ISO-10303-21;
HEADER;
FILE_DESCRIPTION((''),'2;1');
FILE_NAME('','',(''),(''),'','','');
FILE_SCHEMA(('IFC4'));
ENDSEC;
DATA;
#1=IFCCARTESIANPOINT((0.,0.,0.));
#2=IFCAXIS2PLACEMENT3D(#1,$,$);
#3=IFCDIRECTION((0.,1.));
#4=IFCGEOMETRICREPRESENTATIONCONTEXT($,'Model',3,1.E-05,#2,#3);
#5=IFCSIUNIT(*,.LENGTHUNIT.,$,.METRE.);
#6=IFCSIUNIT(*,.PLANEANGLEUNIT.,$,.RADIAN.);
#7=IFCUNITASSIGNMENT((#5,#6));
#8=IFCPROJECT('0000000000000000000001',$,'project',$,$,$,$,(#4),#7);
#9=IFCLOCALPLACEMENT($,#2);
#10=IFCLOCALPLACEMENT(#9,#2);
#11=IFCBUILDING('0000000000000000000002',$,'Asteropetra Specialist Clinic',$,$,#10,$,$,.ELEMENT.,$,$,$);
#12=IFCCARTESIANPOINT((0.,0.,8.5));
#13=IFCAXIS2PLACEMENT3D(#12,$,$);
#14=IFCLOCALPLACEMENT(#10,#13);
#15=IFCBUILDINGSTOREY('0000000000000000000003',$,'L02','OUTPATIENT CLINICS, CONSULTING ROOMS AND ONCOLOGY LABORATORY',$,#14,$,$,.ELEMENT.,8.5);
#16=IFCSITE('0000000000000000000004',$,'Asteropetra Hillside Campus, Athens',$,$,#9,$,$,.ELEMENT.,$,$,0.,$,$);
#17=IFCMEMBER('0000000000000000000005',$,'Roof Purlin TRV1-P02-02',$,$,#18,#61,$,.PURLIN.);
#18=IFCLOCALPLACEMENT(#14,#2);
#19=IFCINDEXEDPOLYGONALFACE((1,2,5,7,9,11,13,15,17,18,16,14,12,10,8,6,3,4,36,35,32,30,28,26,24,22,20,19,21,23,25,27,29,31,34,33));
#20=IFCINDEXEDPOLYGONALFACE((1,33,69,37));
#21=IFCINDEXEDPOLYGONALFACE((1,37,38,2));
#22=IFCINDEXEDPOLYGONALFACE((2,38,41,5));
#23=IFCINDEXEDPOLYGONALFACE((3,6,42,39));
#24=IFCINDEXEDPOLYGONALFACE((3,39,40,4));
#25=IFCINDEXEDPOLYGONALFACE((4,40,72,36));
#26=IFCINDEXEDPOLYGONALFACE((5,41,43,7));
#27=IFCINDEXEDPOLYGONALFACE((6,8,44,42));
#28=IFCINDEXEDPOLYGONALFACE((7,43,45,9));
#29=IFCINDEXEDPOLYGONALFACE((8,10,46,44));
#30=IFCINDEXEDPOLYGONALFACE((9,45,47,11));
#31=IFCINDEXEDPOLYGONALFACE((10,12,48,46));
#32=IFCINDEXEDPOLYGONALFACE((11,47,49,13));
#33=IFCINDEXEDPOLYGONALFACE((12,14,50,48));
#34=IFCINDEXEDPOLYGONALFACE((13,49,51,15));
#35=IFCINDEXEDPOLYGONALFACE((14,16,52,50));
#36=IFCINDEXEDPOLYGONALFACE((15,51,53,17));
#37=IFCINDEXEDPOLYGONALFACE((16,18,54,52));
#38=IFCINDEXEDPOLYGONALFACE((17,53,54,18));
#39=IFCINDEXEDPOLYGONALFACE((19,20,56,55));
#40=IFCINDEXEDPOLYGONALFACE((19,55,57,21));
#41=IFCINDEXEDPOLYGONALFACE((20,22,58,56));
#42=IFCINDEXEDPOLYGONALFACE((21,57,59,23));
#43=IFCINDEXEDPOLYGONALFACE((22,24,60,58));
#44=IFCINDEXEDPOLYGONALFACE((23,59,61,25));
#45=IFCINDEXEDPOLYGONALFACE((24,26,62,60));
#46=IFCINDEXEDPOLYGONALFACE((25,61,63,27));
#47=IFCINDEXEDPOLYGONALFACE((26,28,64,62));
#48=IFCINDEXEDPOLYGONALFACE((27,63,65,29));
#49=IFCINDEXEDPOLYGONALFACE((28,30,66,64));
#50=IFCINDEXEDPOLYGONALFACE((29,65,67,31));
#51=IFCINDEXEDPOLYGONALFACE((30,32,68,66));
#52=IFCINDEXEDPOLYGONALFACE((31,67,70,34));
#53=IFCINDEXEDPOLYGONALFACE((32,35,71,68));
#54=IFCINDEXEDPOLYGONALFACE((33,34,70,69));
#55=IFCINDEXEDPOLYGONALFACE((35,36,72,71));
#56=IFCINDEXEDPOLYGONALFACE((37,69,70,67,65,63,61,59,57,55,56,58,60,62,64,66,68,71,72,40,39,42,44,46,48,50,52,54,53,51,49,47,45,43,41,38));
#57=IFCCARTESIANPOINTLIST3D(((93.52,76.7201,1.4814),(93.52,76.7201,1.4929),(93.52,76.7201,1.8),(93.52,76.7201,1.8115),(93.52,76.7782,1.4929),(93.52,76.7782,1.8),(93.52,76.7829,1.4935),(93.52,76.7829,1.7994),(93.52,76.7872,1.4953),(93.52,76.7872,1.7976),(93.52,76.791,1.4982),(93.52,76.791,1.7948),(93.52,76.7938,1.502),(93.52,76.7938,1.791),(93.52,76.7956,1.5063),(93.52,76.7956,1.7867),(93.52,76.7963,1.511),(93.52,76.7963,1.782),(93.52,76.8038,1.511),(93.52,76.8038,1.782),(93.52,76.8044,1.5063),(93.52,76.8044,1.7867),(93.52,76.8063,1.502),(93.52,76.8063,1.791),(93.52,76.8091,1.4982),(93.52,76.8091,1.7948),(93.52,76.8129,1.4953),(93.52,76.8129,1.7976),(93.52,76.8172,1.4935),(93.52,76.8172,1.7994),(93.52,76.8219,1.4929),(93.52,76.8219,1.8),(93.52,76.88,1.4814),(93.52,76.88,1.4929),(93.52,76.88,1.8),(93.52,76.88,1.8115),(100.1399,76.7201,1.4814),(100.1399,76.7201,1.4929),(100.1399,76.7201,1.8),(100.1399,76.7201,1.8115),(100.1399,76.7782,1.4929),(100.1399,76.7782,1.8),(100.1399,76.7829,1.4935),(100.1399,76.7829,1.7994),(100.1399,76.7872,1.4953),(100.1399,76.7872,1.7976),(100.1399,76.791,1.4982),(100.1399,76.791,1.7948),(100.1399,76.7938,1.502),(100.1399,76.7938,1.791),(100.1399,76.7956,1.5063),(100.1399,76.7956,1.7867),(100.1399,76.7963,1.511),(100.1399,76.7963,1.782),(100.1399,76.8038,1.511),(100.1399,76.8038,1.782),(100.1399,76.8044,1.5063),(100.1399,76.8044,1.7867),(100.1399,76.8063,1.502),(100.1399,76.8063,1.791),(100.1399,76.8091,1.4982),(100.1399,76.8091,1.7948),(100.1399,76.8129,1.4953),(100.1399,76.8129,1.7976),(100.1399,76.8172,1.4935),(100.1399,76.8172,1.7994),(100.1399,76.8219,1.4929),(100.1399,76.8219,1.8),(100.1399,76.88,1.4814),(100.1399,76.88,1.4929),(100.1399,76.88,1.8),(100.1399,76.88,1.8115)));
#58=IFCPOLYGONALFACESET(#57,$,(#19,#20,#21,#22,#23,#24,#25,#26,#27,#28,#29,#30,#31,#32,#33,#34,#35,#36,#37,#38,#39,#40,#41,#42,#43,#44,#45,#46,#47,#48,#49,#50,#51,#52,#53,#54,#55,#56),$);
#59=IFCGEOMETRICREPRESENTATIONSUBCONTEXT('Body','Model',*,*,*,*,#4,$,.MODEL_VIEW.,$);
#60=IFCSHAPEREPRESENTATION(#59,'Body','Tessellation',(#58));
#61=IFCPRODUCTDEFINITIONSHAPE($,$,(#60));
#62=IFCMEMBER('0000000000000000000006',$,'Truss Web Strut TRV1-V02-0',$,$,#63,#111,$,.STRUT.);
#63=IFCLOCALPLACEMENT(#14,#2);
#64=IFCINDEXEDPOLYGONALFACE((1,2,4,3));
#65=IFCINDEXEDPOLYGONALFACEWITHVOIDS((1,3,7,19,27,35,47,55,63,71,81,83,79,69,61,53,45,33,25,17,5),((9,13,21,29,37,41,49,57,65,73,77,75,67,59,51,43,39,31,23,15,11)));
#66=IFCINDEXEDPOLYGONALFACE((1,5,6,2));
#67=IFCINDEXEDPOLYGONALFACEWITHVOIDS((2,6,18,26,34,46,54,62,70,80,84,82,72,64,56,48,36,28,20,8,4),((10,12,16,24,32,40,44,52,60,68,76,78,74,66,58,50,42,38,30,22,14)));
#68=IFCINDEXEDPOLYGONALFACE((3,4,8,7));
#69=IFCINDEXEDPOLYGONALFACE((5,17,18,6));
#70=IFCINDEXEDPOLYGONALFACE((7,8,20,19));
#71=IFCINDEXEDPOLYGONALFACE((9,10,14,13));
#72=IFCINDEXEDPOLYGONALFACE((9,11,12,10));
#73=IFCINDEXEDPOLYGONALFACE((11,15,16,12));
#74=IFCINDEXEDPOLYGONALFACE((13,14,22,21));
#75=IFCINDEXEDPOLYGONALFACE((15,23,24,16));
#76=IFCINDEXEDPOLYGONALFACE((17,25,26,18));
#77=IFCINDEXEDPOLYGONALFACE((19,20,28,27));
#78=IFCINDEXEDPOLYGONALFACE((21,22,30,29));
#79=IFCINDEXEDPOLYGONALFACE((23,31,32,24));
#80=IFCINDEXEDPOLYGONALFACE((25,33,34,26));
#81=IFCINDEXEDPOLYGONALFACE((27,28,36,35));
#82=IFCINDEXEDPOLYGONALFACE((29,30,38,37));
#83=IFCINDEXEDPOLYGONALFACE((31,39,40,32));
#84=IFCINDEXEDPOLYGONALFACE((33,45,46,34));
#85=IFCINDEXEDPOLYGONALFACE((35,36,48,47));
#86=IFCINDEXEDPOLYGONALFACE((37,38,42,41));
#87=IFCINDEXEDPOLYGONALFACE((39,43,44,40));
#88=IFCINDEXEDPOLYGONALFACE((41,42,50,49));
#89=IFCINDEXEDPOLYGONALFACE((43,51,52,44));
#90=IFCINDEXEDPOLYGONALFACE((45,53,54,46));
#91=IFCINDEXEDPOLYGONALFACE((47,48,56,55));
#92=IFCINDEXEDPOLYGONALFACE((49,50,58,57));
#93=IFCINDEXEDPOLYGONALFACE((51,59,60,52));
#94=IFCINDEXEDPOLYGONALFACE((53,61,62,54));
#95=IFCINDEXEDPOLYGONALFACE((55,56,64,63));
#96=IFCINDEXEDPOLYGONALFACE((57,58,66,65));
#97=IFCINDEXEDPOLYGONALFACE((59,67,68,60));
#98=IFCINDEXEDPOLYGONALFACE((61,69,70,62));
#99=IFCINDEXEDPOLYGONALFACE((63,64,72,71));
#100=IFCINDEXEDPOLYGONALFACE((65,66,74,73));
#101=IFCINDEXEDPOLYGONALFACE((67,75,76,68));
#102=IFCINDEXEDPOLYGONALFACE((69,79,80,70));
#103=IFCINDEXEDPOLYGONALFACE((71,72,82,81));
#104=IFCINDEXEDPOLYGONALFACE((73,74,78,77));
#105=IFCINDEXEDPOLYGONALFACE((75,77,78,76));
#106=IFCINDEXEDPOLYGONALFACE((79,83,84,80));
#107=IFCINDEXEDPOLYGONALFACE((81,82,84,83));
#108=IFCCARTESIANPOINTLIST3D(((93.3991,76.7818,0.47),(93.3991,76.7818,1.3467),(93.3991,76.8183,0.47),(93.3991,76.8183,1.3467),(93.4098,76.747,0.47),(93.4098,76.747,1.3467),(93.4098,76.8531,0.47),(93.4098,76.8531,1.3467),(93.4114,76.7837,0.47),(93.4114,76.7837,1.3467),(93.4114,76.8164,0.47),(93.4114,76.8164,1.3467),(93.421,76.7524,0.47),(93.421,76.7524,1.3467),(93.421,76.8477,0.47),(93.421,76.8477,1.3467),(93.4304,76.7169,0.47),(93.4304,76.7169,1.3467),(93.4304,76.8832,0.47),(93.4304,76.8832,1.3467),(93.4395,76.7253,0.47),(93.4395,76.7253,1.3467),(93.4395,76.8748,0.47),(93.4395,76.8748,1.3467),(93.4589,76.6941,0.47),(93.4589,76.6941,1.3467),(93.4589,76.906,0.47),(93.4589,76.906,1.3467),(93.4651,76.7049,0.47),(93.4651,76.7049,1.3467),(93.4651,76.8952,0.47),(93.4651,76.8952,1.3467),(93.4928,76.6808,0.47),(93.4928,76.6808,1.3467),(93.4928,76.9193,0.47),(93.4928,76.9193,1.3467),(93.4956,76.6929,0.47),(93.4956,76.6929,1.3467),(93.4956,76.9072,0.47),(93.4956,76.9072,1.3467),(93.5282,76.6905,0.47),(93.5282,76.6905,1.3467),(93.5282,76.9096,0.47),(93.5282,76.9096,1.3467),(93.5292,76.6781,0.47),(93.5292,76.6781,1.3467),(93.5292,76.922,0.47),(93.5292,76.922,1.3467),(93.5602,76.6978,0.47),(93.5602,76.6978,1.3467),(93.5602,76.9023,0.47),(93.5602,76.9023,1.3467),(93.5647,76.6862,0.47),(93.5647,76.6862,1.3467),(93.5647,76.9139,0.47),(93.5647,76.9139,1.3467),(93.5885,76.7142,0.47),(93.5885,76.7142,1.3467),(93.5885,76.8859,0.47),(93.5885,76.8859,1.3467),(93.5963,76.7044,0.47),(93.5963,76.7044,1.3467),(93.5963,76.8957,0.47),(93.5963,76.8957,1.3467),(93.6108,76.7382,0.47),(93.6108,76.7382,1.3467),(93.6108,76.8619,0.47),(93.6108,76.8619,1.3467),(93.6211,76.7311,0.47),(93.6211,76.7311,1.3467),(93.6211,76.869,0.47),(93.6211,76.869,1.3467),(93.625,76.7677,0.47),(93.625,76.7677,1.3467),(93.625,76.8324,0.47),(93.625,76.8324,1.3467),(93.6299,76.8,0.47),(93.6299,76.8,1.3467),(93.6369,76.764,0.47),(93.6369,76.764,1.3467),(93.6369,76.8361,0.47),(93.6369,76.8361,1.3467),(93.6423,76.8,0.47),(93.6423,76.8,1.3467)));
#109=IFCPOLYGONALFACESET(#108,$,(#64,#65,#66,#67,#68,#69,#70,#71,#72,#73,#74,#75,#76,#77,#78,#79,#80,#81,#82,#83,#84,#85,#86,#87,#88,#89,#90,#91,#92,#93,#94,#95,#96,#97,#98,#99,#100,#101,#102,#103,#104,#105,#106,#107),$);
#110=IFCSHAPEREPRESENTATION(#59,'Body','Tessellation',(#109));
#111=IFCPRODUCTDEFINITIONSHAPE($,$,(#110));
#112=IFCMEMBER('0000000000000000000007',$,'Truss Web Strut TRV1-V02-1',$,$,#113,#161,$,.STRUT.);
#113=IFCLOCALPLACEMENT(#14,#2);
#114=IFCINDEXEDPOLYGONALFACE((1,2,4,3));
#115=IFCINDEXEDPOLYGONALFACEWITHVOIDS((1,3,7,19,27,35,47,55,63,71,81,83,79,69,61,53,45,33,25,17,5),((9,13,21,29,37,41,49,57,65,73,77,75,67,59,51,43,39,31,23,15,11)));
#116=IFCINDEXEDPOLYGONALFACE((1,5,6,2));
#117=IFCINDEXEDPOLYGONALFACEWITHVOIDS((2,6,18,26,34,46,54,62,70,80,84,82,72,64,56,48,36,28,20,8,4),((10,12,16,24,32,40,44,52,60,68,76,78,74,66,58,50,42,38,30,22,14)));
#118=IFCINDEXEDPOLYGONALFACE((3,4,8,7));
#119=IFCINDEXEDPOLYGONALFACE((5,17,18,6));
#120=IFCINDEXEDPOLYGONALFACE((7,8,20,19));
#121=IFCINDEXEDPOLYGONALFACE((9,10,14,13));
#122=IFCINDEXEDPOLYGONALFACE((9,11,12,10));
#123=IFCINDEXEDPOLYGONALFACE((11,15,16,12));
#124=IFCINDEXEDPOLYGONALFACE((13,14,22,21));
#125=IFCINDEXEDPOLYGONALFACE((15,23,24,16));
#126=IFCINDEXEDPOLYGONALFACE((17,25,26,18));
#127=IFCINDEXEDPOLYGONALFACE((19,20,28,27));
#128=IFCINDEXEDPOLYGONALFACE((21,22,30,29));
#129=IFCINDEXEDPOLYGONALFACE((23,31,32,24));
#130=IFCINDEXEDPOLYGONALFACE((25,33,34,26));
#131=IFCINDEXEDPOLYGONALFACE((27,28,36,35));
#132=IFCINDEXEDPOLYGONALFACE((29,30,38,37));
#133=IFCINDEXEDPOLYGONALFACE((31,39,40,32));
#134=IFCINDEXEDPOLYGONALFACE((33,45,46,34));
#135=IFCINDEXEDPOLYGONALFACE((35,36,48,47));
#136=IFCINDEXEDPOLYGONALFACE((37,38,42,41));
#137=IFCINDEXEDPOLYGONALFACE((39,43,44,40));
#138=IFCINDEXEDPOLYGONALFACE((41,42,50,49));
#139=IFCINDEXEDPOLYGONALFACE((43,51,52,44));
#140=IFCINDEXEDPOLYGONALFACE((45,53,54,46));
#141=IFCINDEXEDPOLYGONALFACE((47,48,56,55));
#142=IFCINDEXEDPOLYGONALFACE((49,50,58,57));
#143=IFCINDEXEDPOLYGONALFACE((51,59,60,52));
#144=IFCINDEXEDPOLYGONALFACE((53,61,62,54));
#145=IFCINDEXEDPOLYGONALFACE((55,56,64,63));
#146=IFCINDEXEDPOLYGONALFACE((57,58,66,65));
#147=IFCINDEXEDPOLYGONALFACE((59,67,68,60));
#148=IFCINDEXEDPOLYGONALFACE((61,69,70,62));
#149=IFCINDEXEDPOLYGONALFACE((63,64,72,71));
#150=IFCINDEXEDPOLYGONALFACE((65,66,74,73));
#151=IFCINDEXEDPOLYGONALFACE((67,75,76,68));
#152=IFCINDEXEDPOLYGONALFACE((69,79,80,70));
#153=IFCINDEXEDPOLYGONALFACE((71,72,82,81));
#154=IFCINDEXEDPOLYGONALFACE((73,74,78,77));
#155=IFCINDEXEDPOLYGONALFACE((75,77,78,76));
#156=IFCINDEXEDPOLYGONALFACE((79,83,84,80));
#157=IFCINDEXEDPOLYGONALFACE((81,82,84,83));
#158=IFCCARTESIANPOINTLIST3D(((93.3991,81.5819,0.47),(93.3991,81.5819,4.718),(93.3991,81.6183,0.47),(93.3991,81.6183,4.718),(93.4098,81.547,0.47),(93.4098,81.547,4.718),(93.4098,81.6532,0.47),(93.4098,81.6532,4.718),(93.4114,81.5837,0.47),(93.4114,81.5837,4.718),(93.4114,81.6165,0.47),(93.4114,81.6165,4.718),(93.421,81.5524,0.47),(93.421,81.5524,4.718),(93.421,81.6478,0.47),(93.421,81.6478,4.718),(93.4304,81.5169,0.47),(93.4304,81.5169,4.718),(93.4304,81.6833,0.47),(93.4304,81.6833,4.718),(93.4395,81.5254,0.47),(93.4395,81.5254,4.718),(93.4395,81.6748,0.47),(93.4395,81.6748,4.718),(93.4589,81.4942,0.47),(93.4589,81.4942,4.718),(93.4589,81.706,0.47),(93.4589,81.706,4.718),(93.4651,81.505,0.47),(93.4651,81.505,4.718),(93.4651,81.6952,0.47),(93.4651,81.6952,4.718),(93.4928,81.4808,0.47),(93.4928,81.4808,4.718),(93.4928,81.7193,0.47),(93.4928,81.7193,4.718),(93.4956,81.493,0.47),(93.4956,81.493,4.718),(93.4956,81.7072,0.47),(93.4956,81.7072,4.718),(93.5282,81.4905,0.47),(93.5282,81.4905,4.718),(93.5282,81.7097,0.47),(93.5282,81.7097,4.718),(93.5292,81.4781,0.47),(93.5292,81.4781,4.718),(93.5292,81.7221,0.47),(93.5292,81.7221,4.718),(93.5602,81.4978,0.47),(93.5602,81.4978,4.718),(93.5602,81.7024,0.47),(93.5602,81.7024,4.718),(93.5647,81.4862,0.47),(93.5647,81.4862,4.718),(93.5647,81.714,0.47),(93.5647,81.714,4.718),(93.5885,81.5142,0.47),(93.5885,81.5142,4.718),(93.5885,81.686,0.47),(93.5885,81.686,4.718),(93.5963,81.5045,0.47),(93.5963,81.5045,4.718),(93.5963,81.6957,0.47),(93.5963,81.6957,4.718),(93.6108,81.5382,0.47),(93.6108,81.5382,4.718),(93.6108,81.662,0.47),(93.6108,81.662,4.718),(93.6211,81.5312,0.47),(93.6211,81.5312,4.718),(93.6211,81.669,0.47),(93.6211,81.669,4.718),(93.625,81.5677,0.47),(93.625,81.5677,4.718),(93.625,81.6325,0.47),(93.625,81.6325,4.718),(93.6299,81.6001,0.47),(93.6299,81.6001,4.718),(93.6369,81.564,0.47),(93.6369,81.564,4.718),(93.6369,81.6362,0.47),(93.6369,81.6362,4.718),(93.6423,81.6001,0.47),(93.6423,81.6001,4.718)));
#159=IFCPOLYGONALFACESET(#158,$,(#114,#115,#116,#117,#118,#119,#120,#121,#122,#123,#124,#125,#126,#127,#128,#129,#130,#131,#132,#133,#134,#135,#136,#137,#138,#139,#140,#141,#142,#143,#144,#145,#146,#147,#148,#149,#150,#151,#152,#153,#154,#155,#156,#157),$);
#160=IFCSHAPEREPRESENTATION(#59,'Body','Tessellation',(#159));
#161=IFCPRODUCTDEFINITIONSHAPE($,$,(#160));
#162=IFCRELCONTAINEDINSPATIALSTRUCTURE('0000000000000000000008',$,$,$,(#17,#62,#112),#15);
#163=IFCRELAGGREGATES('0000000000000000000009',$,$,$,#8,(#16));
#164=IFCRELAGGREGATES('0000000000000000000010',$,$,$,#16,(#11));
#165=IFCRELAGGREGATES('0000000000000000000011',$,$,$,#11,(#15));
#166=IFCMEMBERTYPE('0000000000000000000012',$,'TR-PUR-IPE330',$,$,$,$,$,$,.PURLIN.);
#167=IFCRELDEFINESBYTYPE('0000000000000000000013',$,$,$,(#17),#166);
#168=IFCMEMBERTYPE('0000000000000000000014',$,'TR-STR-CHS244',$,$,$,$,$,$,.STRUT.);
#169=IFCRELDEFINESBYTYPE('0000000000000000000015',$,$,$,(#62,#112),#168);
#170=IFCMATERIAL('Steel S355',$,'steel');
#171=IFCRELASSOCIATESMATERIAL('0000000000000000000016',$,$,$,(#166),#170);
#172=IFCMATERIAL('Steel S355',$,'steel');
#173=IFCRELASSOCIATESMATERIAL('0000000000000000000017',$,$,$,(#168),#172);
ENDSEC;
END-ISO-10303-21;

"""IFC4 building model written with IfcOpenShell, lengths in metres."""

from ifc_helpers import new_model, si_unit, direction, frame, origin, origin_2d, place, context, subcontext, project, spatial, hollow_circle, i_section, extrude, material, material_profile, profile_set, type_object, element, save


model = new_model("IFC4")

# Units and contexts
model_context = context("Model", 3, precision=1e-05, world=origin(), true_north=direction((0.0, 1.0)))
body_context = subcontext(model_context, "Body", "Model", "MODEL_VIEW")
ifc_project = project(units=[si_unit("LENGTHUNIT", "METRE"), si_unit("PLANEANGLEUNIT", "RADIAN")], contexts=[model_context])

# Site, building, storey
site_placement = place(None, origin())
site = spatial("IfcSite", under=ifc_project, at=site_placement, Name="Asteropetra Hillside Campus, Athens", CompositionType="ELEMENT", RefElevation=0.0)
building_placement = place(site_placement, origin())
building = spatial("IfcBuilding", under=site, at=building_placement, Name="Asteropetra Specialist Clinic", CompositionType="ELEMENT")
storey_placement = place(building_placement, frame((0.0, 0.0, 8.5)))
storey = spatial("IfcBuildingStorey", under=building, at=storey_placement, Name="L02", Description="OUTPATIENT CLINICS, CONSULTING ROOMS AND ONCOLOGY LABORATORY", CompositionType="ELEMENT", Elevation=8.5)

# Members
ifc_material_1 = material(Name="Steel S355", Category="steel")
ifc_material_profile_1 = material_profile(ifc_material_1, i_section(OverallWidth=0.1599, OverallDepth=0.3301, WebThickness=0.0076, FlangeThickness=0.0115, FilletRadius=0.0181, at=origin_2d()), Name="IPE 330")
ifc_profile_set_1 = profile_set([ifc_material_profile_1], Name="Steel S355")
member_type_1 = type_object("IfcMemberType", Name="TR-PUR-IPE330", PredefinedType="PURLIN", material=ifc_profile_set_1)
member_1_placement = place(storey_placement, frame((93.52, 76.8, 1.6465), z_axis=(1.0, 0.0, 0.0), x_axis=(0.0, 1.0, 0.0)))
element("IfcMember", 1, at=member_1_placement, inside=storey, type_object=member_type_1, Name="Roof Purlin TRV1-P02-02", PredefinedType="PURLIN", context=body_context, shape_type="SweptSolid", body=[
    extrude(i_section(OverallWidth=0.1599, OverallDepth=0.3301, WebThickness=0.0076, FlangeThickness=0.0115, FilletRadius=0.0181, at=origin_2d()), origin(), (0.0, 0.0, 1.0), 6.6199),
])
ifc_material_2 = material(Name="Steel S355", Category="steel")
ifc_material_profile_2 = material_profile(ifc_material_2, hollow_circle(Radius=0.1223, WallThickness=0.0125, at=origin_2d()), Name="CHS 244.5x12.5")
ifc_profile_set_2 = profile_set([ifc_material_profile_2], Name="Steel S355")
member_type_2 = type_object("IfcMemberType", Name="TR-STR-CHS244", PredefinedType="STRUT", material=ifc_profile_set_2)
member_2_placement = place(storey_placement, frame((93.52, 76.8, 0.47), z_axis=(0.0, 0.0, 1.0), x_axis=(1.0, 0.0, 0.0)))
element("IfcMember", 2, at=member_2_placement, inside=storey, type_object=member_type_2, Name="Truss Web Strut TRV1-V02-0", PredefinedType="STRUT", context=body_context, shape_type="SweptSolid", body=[
    extrude(hollow_circle(Radius=0.1223, WallThickness=0.0125, at=origin_2d()), origin(), (0.0, 0.0, 1.0), 0.8767),
])
member_3_placement = place(storey_placement, frame((93.52, 81.6001, 0.47), z_axis=(0.0, 0.0, 1.0), x_axis=(1.0, 0.0, 0.0)))
element("IfcMember", 3, at=member_3_placement, inside=storey, type_object=member_type_2, Name="Truss Web Strut TRV1-V02-1", PredefinedType="STRUT", context=body_context, shape_type="SweptSolid", body=[
    extrude(hollow_circle(Radius=0.1223, WallThickness=0.0125, at=origin_2d()), origin(), (0.0, 0.0, 1.0), 4.248),
])

save(model, "model.ifc")
